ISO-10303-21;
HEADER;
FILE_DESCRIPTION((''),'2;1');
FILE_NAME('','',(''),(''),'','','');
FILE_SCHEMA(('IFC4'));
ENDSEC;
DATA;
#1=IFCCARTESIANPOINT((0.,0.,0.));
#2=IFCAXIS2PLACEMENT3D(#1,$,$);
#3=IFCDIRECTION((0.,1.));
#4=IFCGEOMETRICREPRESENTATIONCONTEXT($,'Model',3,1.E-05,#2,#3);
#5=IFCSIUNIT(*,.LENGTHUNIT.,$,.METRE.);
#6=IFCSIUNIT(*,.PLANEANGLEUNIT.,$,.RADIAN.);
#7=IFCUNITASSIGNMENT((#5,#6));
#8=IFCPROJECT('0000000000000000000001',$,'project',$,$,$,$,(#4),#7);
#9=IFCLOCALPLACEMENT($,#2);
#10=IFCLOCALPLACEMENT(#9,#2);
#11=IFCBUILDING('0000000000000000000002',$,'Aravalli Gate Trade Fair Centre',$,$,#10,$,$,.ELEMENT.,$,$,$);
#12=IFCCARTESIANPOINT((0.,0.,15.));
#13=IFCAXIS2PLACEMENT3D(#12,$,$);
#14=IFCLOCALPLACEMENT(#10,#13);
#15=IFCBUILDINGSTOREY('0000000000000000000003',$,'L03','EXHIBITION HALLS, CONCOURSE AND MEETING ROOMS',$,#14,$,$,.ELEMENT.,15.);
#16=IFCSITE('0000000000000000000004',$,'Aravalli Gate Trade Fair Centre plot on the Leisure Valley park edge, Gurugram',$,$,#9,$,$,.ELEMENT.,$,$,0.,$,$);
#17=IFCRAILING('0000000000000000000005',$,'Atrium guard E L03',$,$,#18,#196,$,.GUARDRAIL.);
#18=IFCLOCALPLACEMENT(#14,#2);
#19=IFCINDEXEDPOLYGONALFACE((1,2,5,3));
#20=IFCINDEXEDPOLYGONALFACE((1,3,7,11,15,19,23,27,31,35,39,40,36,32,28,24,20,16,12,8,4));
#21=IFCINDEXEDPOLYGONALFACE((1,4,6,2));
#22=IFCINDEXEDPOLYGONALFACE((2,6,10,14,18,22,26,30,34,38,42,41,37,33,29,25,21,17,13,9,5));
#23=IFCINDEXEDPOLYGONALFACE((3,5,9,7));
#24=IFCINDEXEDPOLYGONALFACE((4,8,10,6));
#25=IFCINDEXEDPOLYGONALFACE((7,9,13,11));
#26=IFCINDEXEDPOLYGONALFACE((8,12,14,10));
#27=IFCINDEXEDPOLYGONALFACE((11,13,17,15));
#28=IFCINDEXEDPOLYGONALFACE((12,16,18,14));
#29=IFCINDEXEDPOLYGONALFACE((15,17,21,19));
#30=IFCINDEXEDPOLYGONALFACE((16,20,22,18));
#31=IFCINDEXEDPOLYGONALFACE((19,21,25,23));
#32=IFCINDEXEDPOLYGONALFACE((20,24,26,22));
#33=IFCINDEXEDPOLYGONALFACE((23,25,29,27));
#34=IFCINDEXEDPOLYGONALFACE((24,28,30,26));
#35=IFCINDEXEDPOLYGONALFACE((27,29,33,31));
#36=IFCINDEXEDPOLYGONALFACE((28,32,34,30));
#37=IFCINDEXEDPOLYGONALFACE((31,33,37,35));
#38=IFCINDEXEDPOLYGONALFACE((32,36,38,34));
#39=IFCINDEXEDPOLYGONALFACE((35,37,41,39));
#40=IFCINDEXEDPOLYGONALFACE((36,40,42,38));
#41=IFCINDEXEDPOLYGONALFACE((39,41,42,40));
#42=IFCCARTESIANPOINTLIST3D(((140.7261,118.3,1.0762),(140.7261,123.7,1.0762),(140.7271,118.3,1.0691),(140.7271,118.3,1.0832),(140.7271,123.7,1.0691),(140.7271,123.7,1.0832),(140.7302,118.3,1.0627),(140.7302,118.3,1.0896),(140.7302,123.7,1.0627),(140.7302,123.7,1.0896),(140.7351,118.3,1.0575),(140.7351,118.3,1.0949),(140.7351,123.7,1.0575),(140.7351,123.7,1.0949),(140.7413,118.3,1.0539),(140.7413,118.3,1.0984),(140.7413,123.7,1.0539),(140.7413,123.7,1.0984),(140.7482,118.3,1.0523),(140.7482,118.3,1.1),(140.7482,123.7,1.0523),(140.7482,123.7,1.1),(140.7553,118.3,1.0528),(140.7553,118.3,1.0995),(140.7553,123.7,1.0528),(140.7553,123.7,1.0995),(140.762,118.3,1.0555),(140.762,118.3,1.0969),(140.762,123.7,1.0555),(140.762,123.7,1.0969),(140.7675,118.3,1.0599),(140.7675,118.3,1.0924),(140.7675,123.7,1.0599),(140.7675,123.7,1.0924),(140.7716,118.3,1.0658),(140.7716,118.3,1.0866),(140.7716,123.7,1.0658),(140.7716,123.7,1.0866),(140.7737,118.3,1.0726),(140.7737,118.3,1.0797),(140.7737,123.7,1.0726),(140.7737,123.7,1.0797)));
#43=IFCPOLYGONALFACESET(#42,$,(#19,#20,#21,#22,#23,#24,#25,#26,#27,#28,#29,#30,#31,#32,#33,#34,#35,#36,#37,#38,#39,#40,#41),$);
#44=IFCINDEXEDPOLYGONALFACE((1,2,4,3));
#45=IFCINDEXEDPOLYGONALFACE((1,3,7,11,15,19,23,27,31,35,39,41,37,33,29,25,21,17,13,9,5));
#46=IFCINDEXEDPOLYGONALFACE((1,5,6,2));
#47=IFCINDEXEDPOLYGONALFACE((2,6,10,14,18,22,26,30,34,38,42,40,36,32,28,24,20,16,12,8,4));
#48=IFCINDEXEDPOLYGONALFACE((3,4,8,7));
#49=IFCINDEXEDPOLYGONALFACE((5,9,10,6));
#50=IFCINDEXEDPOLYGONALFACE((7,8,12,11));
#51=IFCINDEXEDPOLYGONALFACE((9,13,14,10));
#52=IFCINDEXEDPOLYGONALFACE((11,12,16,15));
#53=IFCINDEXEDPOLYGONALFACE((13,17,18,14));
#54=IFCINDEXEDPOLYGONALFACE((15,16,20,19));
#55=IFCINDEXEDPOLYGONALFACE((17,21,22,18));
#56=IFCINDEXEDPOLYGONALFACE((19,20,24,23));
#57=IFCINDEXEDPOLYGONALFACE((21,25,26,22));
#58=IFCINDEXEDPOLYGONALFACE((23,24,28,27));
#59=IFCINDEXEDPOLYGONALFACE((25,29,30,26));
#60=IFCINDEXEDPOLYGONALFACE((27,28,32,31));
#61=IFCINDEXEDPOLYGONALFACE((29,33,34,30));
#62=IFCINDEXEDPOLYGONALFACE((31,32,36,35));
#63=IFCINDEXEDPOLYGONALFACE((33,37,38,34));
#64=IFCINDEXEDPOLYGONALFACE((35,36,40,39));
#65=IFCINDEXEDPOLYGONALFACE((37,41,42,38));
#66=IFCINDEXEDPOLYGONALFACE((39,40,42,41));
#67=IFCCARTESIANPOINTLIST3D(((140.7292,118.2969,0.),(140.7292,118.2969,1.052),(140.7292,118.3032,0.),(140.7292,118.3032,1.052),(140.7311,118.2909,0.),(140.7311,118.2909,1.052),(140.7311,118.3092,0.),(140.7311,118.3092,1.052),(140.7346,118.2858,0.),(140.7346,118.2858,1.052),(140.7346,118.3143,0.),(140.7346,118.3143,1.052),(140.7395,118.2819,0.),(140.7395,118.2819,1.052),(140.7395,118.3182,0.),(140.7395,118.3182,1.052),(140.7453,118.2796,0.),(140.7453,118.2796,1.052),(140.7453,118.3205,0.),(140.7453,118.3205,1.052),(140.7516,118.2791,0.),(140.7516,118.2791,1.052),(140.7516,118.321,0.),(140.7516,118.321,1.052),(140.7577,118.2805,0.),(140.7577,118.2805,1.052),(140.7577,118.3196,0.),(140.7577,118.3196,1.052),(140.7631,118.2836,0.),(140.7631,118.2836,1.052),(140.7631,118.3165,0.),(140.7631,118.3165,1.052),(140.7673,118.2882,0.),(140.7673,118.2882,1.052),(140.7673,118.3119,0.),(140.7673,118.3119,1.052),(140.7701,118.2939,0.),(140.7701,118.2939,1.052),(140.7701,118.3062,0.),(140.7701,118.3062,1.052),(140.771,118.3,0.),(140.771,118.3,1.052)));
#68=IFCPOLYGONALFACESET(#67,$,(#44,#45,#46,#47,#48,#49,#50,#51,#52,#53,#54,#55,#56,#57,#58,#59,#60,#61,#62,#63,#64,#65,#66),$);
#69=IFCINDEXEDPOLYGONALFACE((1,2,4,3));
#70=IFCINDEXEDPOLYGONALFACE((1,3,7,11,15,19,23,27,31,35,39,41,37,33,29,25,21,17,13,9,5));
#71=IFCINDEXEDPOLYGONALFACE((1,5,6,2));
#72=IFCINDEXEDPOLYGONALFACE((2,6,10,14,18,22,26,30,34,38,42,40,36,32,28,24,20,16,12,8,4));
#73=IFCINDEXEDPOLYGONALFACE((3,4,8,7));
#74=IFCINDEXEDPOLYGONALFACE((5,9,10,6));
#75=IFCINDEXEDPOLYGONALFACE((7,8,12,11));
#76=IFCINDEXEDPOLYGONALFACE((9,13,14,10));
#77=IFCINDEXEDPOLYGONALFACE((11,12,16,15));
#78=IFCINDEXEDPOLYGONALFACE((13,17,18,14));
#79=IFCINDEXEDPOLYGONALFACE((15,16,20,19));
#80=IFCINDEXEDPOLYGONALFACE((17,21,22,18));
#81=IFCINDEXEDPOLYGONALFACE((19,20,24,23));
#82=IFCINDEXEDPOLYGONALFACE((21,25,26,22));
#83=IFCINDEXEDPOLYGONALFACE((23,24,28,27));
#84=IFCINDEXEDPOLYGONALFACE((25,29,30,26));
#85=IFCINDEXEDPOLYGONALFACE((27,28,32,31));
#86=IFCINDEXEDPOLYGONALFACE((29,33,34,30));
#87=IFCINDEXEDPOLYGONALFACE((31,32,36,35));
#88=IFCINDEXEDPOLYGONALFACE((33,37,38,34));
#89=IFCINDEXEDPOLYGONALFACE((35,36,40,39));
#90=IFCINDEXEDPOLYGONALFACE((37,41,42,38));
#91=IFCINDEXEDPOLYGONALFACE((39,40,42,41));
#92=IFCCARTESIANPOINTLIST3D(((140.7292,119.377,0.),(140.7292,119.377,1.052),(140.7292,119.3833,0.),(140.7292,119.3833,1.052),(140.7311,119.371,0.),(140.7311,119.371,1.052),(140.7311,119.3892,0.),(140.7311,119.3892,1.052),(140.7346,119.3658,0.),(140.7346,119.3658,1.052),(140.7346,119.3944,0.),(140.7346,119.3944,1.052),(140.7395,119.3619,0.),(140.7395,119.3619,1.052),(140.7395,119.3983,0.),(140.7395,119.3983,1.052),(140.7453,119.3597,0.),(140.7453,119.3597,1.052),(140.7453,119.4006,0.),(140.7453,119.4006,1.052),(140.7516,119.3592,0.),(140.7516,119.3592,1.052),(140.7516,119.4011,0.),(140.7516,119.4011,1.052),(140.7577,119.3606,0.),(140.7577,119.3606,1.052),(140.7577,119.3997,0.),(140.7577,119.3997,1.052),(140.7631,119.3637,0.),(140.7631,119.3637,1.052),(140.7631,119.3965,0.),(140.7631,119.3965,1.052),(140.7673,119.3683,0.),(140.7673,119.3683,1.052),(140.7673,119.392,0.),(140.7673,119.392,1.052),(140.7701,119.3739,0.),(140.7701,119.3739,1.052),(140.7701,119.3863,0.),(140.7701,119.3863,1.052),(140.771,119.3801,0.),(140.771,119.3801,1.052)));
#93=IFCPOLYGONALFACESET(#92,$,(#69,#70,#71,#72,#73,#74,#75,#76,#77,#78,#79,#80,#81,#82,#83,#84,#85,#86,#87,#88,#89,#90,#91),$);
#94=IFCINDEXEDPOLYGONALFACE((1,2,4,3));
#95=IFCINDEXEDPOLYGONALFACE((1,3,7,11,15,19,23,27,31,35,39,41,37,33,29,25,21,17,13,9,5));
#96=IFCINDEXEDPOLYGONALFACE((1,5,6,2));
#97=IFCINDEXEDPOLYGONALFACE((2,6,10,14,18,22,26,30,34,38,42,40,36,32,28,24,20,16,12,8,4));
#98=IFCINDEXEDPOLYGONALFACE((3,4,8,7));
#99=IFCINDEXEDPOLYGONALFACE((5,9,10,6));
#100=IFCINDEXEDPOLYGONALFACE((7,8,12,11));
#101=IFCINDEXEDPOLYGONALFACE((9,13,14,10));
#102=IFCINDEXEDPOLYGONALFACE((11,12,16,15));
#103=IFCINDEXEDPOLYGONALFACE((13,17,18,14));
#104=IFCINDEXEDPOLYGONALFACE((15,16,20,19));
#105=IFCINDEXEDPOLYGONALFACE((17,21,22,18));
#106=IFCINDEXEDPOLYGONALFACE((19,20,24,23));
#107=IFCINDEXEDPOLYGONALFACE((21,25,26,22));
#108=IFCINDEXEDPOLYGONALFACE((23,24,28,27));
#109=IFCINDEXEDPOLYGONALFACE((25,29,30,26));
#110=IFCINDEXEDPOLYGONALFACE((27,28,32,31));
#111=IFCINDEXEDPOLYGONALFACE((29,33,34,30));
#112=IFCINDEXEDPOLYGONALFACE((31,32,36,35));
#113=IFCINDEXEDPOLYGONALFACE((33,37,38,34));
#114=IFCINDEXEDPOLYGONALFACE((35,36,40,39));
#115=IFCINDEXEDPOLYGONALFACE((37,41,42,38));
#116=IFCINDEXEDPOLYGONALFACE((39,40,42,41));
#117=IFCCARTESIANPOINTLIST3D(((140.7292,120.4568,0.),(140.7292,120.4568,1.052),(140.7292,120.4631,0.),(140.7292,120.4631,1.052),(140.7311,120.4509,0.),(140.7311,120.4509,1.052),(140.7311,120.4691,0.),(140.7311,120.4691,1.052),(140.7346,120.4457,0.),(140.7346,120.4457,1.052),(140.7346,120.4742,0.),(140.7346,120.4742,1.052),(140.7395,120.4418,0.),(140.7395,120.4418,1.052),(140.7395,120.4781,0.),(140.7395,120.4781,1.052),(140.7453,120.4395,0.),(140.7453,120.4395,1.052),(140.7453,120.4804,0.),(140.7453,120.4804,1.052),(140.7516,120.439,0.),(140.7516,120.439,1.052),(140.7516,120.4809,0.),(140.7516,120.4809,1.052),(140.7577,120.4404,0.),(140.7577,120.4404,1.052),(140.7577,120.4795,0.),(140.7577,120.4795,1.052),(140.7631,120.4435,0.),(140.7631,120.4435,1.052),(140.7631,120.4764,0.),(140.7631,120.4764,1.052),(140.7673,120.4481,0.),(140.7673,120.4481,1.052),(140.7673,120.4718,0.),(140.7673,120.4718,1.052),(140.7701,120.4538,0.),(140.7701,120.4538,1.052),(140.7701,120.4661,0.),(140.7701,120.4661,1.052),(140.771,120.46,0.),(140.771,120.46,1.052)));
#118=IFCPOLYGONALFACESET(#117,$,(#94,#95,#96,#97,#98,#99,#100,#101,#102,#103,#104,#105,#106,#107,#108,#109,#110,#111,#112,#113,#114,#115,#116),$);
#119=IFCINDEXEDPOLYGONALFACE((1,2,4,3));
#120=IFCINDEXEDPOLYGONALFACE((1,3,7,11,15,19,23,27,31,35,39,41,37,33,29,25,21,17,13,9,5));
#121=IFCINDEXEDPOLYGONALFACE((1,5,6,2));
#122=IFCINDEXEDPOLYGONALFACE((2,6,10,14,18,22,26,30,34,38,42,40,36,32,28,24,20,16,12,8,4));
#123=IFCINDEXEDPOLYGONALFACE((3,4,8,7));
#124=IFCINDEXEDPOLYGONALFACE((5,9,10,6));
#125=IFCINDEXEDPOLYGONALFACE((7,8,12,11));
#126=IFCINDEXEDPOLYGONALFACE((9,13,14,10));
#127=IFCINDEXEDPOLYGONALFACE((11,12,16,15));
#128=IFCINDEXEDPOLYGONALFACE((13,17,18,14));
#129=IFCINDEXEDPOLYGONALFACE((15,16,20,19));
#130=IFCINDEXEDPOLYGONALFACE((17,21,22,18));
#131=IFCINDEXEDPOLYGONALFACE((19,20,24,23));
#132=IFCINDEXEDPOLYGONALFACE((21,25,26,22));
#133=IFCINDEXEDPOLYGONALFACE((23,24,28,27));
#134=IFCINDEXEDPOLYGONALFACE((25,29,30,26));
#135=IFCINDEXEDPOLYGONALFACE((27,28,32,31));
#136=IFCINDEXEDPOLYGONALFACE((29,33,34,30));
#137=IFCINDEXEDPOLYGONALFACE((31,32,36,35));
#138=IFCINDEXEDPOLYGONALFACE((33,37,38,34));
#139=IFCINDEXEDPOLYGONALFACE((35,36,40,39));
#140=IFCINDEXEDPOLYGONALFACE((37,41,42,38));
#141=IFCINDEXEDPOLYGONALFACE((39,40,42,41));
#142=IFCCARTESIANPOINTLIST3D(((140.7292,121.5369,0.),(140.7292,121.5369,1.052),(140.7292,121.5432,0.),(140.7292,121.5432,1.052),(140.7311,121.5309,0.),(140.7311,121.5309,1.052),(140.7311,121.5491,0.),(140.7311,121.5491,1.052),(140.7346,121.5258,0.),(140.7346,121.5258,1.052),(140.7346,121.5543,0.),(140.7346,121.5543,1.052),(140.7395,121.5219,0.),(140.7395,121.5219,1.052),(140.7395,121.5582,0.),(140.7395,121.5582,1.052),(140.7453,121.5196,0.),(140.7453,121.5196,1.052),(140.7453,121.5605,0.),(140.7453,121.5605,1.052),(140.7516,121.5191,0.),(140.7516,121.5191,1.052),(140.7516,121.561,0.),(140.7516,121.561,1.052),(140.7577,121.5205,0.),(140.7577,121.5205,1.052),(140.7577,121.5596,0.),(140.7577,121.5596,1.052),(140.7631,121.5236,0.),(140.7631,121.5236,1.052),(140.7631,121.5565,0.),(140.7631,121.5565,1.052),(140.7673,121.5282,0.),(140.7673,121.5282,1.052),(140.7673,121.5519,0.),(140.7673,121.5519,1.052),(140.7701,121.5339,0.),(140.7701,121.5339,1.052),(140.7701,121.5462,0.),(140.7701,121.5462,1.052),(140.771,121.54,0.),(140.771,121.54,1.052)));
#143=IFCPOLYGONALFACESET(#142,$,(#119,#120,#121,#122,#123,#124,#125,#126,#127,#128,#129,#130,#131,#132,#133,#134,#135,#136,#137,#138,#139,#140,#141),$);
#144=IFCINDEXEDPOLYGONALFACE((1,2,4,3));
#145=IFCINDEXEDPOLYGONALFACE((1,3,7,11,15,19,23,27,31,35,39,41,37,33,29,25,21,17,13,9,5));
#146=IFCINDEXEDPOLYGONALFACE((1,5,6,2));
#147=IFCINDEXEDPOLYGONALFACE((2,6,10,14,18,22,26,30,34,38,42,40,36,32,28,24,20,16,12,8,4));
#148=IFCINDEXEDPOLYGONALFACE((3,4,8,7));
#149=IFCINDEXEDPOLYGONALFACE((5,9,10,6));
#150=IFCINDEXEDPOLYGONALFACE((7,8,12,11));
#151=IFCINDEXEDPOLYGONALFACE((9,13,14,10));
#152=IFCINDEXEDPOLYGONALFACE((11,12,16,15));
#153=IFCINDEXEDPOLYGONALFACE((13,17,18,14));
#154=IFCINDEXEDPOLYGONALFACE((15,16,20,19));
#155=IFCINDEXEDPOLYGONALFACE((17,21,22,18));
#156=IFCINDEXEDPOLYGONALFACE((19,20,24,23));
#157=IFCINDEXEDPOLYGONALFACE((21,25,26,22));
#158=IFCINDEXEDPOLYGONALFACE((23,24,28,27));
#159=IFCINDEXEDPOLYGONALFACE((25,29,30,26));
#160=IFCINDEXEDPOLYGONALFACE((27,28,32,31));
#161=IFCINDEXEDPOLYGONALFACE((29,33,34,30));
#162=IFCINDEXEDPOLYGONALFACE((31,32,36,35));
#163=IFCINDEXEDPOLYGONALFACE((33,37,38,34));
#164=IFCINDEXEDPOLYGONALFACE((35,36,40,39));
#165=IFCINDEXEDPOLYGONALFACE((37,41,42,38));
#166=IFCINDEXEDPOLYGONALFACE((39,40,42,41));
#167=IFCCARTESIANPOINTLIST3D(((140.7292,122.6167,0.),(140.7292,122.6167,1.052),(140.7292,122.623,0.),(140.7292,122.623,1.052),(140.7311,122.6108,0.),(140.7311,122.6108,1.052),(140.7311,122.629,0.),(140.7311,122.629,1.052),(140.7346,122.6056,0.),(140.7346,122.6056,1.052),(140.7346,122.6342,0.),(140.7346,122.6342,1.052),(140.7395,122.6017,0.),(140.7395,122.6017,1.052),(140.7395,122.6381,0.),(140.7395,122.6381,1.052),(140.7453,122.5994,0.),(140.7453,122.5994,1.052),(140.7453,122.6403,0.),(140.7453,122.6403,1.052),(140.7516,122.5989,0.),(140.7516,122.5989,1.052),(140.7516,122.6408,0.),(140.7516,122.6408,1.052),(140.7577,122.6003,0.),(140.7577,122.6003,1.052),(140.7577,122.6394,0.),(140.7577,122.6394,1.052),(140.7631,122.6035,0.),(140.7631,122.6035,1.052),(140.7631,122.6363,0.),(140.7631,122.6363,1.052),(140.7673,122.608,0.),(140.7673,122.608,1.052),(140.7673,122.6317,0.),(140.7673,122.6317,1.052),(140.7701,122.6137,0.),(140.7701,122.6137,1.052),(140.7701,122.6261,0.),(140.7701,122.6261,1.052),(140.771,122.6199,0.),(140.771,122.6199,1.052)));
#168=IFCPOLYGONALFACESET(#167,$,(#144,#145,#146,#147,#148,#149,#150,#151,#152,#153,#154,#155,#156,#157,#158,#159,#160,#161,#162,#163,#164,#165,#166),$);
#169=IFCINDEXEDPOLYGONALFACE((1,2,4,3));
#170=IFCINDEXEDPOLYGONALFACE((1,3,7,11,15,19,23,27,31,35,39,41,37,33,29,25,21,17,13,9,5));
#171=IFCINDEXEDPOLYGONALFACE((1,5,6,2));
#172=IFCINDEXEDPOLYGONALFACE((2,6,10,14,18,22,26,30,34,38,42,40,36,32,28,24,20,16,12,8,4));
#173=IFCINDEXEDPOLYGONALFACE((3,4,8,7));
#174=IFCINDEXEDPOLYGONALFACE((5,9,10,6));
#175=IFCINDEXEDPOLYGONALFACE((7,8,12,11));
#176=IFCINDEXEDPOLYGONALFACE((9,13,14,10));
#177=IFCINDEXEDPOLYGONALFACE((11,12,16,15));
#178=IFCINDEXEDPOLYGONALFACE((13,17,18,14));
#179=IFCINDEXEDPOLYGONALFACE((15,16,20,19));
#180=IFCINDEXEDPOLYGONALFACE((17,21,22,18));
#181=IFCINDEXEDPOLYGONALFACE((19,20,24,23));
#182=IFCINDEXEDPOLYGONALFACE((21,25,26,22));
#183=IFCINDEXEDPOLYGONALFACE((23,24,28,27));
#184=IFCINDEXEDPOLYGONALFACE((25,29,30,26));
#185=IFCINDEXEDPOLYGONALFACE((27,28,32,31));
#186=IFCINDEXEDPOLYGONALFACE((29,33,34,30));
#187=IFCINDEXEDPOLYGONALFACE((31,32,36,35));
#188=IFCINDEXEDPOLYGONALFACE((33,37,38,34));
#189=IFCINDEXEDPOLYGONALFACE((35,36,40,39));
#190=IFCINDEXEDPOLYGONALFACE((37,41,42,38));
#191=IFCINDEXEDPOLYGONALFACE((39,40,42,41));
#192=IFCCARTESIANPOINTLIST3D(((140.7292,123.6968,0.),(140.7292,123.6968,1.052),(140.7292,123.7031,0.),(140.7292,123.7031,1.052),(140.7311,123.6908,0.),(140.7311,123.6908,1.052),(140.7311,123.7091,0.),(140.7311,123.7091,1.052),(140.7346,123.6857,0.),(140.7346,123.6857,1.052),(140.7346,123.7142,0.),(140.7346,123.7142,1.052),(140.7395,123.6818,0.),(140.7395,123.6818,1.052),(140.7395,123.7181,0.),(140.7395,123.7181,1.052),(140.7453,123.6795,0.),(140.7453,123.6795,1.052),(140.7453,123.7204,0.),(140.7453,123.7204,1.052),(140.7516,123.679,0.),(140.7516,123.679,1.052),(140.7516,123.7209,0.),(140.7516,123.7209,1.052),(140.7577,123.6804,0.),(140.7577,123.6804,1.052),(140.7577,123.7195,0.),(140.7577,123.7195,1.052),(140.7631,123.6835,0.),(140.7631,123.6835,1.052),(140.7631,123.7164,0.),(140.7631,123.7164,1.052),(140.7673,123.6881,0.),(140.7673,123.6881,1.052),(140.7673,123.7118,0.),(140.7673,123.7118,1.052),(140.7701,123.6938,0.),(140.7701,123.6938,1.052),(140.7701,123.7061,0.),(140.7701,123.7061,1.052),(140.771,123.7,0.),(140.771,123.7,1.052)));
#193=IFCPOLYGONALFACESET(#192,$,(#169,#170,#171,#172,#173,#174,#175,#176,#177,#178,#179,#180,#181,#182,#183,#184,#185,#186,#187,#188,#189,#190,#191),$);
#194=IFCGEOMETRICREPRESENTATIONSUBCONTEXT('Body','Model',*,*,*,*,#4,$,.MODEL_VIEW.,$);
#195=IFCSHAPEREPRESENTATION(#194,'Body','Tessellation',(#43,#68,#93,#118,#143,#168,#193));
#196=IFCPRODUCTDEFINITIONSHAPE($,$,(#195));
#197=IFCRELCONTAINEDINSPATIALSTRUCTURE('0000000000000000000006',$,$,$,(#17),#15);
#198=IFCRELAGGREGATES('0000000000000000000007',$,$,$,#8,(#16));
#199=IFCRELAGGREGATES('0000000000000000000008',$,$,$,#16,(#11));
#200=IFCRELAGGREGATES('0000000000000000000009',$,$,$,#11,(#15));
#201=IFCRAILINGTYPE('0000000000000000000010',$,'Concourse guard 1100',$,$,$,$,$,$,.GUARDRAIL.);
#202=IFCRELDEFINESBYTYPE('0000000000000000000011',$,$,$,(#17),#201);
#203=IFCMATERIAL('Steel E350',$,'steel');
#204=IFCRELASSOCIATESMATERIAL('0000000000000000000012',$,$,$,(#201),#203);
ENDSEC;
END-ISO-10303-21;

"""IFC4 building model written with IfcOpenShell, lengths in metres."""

from ifc_helpers import new_model, si_unit, direction, frame, origin, origin_2d, place, context, subcontext, project, spatial, circle, extrude, material, type_object, element, save


model = new_model("IFC4")

# Units and contexts
model_context = context("Model", 3, precision=1e-05, world=origin(), true_north=direction((0.0, 1.0)))
body_context = subcontext(model_context, "Body", "Model", "MODEL_VIEW")
ifc_project = project(units=[si_unit("LENGTHUNIT", "METRE"), si_unit("PLANEANGLEUNIT", "RADIAN")], contexts=[model_context])

# Site, building, storey
site_placement = place(None, origin())
site = spatial("IfcSite", under=ifc_project, at=site_placement, Name="Aravalli Gate Trade Fair Centre plot on the Leisure Valley park edge, Gurugram", CompositionType="ELEMENT", RefElevation=0.0)
building_placement = place(site_placement, origin())
building = spatial("IfcBuilding", under=site, at=building_placement, Name="Aravalli Gate Trade Fair Centre", CompositionType="ELEMENT")
storey_placement = place(building_placement, frame((0.0, 0.0, 15.0)))
storey = spatial("IfcBuildingStorey", under=building, at=storey_placement, Name="L03", Description="EXHIBITION HALLS, CONCOURSE AND MEETING ROOMS", CompositionType="ELEMENT", Elevation=15.0)

# Railing
ifc_material_1 = material(Name="Steel E350", Category="steel")
railing_type = type_object("IfcRailingType", Name="Concourse guard 1100", PredefinedType="GUARDRAIL", material=ifc_material_1)
railing_placement = place(storey_placement, frame((140.75, 118.3, 0.0)))
element("IfcRailing", 1, at=railing_placement, inside=storey, type_object=railing_type, Name="Atrium guard E L03", PredefinedType="GUARDRAIL", context=body_context, shape_type="SweptSolid", body=[
    extrude(circle(Radius=0.0239, at=origin_2d()), frame((0.0, 0.0, 1.0762), z_axis=(0.0, 1.0, 0.0), x_axis=(-1.0, 0.0, 0.0)), (0.0, 0.0, 1.0), 5.3999),
    extrude(circle(Radius=0.021, at=origin_2d()), origin(), (0.0, 0.0, 1.0), 1.052),
    extrude(circle(Radius=0.021, at=origin_2d()), frame((0.0, 1.0801, 0.0)), (0.0, 0.0, 1.0), 1.052),
    extrude(circle(Radius=0.021, at=origin_2d()), frame((0.0, 2.1599, 0.0)), (0.0, 0.0, 1.0), 1.052),
    extrude(circle(Radius=0.021, at=origin_2d()), frame((0.0, 3.24, 0.0)), (0.0, 0.0, 1.0), 1.052),
    extrude(circle(Radius=0.021, at=origin_2d()), frame((0.0, 4.3198, 0.0)), (0.0, 0.0, 1.0), 1.052),
    extrude(circle(Radius=0.021, at=origin_2d()), frame((0.0, 5.3999, 0.0)), (0.0, 0.0, 1.0), 1.052),
])

save(model, "model.ifc")
